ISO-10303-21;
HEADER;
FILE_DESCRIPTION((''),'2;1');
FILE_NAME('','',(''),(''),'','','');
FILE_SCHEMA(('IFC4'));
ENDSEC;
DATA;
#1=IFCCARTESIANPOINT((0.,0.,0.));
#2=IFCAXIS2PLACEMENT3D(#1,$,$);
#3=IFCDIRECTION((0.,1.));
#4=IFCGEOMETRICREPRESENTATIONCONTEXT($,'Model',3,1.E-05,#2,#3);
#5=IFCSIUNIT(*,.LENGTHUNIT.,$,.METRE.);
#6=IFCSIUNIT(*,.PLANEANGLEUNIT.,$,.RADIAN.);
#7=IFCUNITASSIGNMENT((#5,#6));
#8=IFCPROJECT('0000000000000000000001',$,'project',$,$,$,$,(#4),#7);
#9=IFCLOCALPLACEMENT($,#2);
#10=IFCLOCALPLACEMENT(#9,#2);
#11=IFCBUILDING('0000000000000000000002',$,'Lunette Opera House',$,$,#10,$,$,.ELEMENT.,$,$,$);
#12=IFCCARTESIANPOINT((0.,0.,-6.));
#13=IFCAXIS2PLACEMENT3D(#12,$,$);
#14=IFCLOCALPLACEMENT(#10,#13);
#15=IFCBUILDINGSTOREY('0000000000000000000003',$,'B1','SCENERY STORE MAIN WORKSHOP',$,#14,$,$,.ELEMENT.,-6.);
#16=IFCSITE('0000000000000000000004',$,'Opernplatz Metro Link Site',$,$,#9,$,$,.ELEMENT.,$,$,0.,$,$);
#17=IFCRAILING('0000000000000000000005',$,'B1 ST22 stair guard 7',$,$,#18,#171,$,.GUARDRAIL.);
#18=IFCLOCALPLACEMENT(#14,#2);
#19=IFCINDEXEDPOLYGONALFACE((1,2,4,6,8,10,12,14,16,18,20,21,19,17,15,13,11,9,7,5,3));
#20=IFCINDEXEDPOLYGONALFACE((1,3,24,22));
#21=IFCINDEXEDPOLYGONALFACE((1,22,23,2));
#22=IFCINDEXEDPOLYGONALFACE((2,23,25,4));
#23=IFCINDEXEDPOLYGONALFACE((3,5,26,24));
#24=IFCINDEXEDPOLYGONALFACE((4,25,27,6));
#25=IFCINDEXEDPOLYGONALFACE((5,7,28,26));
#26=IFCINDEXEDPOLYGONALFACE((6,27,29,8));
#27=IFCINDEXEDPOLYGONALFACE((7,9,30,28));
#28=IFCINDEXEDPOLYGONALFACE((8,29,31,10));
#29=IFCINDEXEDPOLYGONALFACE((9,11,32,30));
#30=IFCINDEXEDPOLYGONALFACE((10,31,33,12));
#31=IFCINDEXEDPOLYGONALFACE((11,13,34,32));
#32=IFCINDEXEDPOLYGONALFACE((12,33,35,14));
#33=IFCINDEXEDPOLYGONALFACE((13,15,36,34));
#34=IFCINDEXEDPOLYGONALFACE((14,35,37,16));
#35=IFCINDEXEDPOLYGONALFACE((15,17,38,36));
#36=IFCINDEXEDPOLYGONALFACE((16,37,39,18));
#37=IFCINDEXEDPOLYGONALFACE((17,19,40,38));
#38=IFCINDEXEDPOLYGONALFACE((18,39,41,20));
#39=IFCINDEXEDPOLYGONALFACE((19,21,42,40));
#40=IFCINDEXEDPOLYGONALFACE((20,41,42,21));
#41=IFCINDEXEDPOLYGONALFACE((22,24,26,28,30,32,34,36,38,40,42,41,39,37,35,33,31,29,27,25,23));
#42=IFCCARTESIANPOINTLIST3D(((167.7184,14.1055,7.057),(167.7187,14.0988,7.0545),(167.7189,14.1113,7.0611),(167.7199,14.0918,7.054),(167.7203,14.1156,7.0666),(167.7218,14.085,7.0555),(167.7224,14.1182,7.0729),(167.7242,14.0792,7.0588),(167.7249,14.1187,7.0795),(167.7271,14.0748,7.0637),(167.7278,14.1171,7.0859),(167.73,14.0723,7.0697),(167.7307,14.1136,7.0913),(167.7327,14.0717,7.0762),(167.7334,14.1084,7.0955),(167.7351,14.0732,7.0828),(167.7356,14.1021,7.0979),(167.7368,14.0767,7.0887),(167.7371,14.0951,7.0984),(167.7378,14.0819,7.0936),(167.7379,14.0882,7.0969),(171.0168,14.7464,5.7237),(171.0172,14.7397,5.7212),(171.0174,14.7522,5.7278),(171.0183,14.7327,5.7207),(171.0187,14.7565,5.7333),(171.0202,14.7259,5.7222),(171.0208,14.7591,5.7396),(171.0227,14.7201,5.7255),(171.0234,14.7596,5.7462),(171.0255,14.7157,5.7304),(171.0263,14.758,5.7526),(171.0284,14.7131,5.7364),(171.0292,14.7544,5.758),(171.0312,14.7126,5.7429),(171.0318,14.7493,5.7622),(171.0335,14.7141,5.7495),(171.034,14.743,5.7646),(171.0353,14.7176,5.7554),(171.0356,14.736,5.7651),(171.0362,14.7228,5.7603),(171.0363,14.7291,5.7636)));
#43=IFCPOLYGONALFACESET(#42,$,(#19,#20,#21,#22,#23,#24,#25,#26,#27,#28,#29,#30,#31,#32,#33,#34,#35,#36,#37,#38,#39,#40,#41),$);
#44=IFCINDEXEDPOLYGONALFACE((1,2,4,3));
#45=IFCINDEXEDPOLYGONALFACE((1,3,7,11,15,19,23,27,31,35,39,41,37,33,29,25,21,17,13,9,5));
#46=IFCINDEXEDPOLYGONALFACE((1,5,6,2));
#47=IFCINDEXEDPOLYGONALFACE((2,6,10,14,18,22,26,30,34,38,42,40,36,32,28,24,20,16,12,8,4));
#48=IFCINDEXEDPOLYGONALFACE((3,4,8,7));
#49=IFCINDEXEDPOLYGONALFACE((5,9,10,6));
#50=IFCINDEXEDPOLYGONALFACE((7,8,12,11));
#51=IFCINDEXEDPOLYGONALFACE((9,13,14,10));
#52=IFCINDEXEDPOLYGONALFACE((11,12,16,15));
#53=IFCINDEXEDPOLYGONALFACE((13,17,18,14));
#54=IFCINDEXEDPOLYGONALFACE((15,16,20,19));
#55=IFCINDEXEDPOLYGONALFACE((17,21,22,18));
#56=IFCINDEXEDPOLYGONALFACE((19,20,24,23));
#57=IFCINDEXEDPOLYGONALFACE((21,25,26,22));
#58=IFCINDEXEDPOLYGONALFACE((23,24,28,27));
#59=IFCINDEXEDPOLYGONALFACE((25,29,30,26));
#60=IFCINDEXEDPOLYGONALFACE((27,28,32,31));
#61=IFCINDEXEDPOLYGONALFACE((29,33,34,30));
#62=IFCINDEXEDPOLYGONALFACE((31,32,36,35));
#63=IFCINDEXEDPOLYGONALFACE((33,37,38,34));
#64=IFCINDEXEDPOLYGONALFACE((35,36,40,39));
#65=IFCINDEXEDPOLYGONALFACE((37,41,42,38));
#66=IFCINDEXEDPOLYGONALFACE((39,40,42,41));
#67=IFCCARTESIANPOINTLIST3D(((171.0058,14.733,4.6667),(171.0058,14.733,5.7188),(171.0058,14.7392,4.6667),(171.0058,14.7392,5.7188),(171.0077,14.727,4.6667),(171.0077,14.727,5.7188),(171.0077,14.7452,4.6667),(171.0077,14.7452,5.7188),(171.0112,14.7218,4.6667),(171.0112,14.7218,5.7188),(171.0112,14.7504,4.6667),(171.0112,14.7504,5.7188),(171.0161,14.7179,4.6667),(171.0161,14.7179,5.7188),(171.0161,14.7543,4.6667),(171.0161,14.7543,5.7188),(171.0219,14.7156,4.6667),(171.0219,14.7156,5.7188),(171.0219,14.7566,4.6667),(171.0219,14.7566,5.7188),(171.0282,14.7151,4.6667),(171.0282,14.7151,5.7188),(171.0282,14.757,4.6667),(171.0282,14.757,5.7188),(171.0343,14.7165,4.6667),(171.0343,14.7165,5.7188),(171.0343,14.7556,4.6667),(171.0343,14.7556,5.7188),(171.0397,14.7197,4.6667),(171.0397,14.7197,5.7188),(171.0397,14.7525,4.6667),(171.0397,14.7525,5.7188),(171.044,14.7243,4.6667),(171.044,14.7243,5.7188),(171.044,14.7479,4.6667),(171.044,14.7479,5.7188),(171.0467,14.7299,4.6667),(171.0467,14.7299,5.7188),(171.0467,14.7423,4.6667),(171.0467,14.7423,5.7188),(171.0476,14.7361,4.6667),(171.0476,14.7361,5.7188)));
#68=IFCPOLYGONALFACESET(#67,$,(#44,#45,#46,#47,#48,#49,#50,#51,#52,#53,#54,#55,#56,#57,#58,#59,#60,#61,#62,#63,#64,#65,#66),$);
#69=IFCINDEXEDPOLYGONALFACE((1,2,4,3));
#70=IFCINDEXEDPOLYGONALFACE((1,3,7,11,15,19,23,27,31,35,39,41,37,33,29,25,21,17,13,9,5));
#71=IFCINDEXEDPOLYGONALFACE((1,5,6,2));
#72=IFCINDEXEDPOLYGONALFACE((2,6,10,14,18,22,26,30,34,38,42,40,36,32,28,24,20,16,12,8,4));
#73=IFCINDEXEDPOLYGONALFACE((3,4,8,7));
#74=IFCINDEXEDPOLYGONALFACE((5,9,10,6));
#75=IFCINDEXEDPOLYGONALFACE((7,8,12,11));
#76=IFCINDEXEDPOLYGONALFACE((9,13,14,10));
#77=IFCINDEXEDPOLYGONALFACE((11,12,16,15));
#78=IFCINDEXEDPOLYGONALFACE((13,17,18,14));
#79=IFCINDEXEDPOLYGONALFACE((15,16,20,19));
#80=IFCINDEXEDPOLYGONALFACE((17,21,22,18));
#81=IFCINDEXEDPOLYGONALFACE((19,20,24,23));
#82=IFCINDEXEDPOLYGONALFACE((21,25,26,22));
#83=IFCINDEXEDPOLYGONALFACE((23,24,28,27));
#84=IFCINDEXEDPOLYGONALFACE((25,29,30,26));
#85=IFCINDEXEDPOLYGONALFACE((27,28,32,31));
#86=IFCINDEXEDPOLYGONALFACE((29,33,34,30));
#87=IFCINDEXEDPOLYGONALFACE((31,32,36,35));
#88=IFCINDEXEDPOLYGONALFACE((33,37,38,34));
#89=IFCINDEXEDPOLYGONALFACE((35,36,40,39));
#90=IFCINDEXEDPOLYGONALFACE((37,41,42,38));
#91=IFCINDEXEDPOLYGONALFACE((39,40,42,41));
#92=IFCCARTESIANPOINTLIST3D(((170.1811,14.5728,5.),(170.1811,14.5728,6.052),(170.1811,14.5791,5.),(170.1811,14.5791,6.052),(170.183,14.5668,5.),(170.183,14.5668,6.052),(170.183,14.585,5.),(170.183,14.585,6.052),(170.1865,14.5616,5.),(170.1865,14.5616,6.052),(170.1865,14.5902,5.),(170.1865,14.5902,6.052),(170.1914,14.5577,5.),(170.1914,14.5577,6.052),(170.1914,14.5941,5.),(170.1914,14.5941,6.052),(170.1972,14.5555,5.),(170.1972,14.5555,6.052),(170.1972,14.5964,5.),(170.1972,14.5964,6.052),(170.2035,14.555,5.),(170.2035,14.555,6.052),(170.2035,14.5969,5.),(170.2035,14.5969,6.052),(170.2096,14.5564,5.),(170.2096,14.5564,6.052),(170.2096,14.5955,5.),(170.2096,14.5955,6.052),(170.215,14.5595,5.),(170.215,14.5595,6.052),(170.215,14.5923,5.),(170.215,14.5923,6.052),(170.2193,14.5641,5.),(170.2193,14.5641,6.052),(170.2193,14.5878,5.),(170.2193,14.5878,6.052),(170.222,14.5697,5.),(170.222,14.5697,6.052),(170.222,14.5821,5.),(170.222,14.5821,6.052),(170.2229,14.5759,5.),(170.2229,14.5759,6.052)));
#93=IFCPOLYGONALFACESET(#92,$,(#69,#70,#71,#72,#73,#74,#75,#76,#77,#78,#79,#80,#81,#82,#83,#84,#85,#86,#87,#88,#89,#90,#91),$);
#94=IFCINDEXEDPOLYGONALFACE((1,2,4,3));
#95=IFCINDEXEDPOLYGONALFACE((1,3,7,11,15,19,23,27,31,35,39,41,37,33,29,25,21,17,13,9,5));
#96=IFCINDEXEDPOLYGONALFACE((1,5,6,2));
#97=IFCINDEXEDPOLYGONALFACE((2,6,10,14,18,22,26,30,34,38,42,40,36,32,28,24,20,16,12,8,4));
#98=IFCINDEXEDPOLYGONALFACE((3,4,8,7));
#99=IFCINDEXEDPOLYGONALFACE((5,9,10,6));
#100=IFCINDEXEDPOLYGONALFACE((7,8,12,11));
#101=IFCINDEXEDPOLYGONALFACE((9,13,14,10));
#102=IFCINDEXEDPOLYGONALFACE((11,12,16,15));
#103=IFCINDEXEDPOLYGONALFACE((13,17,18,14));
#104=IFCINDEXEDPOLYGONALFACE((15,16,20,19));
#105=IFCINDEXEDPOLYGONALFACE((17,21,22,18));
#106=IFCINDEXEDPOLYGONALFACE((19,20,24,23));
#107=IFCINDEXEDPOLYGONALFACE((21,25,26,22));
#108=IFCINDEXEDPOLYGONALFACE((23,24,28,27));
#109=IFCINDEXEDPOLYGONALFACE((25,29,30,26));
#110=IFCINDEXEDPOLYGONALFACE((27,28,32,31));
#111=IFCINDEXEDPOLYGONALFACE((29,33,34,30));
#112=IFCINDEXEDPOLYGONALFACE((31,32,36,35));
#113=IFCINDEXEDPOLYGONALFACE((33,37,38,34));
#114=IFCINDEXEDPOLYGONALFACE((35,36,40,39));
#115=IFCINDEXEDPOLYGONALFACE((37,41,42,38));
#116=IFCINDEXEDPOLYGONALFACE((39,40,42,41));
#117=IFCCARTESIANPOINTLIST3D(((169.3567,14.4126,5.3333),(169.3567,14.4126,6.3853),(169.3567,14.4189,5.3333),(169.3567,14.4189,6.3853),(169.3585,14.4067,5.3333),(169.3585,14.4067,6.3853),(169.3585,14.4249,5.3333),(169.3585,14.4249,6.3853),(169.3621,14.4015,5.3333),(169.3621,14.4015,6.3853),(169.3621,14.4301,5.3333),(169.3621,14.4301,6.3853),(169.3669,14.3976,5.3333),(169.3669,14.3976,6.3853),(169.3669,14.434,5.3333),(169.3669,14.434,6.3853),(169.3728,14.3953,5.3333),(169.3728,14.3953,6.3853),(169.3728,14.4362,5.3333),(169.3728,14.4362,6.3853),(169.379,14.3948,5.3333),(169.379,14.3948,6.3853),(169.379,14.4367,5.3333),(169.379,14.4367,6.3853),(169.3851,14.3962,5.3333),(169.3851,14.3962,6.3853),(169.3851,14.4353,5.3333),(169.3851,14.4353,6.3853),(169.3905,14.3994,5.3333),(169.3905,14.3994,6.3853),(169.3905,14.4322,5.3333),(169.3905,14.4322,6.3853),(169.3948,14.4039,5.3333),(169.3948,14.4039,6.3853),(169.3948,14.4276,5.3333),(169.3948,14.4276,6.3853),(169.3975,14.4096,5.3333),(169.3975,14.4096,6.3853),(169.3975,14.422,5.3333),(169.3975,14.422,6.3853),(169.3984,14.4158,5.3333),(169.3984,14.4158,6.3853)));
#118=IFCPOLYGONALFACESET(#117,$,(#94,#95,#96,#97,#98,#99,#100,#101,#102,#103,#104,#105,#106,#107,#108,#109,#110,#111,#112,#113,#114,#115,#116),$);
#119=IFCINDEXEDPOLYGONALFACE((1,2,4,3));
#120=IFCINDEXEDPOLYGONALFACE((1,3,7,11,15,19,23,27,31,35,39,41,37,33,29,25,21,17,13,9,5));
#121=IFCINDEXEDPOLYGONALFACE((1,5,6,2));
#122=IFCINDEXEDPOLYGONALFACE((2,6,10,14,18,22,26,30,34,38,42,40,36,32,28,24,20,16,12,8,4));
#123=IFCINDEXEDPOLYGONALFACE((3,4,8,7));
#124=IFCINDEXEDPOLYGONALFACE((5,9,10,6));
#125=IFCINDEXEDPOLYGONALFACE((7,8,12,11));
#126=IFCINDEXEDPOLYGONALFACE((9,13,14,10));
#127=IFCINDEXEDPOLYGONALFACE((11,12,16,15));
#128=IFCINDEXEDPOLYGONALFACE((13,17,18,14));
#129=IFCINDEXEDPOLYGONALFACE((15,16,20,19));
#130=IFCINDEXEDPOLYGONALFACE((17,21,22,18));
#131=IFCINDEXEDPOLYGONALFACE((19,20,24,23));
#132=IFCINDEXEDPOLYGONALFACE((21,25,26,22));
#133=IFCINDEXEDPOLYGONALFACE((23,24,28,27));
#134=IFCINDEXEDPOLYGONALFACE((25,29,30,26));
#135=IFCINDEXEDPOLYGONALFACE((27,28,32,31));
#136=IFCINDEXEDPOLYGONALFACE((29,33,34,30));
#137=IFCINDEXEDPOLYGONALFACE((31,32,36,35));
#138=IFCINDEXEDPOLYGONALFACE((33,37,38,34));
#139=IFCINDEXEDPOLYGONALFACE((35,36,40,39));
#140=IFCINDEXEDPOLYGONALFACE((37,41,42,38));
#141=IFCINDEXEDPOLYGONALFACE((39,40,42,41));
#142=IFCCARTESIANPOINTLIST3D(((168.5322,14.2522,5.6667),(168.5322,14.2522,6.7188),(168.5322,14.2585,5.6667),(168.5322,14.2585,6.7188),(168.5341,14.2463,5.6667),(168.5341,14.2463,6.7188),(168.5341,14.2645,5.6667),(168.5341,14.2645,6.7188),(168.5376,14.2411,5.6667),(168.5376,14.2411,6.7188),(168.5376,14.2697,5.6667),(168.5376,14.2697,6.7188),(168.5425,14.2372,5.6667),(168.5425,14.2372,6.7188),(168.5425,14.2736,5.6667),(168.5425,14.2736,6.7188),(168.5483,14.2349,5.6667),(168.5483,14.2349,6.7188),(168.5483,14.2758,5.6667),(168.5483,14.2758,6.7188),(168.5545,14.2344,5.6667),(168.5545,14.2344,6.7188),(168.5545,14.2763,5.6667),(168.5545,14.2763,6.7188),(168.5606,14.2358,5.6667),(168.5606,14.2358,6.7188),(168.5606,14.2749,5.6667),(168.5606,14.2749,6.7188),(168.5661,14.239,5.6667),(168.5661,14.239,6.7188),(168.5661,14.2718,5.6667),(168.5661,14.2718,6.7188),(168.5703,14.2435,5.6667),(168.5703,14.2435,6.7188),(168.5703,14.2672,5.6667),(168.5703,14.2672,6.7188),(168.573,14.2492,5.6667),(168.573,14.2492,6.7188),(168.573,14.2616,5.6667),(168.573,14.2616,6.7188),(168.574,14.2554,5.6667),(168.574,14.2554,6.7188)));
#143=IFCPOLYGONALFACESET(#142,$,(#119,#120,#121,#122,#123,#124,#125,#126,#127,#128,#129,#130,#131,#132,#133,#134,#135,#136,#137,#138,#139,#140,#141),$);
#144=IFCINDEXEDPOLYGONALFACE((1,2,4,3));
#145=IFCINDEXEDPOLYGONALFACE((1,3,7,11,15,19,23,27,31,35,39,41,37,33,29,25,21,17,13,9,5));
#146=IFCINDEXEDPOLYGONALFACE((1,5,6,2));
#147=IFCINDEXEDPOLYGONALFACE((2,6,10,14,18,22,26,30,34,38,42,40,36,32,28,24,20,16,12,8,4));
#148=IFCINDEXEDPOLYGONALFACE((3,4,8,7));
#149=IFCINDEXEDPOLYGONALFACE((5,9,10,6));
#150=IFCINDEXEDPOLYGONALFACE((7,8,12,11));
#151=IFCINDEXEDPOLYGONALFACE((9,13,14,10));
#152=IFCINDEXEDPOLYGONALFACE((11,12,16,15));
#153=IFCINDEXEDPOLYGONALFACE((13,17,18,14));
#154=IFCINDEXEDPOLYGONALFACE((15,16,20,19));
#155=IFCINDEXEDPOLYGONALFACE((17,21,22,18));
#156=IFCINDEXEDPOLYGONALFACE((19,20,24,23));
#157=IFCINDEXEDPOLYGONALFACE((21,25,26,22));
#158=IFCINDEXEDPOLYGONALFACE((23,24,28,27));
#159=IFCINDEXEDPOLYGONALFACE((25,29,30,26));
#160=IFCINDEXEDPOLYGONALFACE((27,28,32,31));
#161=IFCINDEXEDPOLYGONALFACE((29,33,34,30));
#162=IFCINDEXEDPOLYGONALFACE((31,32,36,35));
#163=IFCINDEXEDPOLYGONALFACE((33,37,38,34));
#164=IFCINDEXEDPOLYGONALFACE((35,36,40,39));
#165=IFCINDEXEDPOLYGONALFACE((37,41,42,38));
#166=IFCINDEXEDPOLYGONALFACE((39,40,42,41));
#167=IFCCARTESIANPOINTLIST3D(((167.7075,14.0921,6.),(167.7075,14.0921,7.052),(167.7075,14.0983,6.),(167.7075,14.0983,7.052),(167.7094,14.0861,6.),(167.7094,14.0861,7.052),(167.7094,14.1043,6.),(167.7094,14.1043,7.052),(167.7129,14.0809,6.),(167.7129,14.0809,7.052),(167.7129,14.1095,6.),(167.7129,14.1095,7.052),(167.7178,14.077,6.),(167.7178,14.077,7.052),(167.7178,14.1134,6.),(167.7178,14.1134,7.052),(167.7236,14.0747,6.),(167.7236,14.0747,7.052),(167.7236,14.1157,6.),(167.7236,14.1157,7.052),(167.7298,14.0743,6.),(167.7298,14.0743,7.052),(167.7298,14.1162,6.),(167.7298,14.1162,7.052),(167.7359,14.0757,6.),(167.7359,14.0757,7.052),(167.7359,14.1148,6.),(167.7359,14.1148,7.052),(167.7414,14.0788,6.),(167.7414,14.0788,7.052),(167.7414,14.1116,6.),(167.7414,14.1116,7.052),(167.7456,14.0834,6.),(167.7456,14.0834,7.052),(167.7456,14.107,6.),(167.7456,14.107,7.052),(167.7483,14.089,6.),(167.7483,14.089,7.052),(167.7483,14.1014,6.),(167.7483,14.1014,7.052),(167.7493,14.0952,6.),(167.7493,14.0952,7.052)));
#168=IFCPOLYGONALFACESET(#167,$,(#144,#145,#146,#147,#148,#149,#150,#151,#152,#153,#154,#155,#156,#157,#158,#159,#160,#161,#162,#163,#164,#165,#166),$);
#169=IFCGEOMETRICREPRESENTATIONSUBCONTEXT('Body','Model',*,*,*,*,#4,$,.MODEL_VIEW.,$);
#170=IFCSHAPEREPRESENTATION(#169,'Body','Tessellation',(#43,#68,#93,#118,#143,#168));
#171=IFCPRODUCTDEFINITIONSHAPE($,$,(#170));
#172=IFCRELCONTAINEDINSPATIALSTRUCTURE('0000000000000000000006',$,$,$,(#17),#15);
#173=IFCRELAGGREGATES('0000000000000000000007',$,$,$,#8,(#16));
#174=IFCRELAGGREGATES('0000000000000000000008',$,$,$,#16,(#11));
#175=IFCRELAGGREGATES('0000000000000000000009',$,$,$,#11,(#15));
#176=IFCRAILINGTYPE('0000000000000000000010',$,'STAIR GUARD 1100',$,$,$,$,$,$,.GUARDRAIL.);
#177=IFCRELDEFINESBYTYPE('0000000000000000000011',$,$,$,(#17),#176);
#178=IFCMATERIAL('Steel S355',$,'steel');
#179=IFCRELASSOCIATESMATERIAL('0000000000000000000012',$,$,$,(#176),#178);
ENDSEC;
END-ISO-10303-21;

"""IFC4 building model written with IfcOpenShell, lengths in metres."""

from ifc_helpers import new_model, si_unit, direction, frame, origin, origin_2d, place, context, subcontext, project, spatial, circle, extrude, material, type_object, element, save


model = new_model("IFC4")

# Units and contexts
model_context = context("Model", 3, precision=1e-05, world=origin(), true_north=direction((0.0, 1.0)))
body_context = subcontext(model_context, "Body", "Model", "MODEL_VIEW")
ifc_project = project(units=[si_unit("LENGTHUNIT", "METRE"), si_unit("PLANEANGLEUNIT", "RADIAN")], contexts=[model_context])

# Site, building, storey
site_placement = place(None, origin())
site = spatial("IfcSite", under=ifc_project, at=site_placement, Name="Opernplatz Metro Link Site", CompositionType="ELEMENT", RefElevation=0.0)
building_placement = place(site_placement, origin())
building = spatial("IfcBuilding", under=site, at=building_placement, Name="Lunette Opera House", CompositionType="ELEMENT")
storey_placement = place(building_placement, frame((0.0, 0.0, -6.0)))
storey = spatial("IfcBuildingStorey", under=building, at=storey_placement, Name="B1", Description="SCENERY STORE MAIN WORKSHOP", CompositionType="ELEMENT", Elevation=-6.0)

# Railing
ifc_material_1 = material(Name="Steel S355", Category="steel")
railing_type_1 = type_object("IfcRailingType", Name="STAIR GUARD 1100", PredefinedType="GUARDRAIL", material=ifc_material_1)
railing_1_placement = place(storey_placement, frame((171.0266, 14.7361, 4.6667)))
element("IfcRailing", 1, at=railing_1_placement, inside=storey, type_object=railing_type_1, Name="B1 ST22 stair guard 7", PredefinedType="GUARDRAIL", context=body_context, shape_type="SweptSolid", body=[
    extrude(circle(Radius=0.0239, at=origin_2d()), frame((0.0, 0.0, 1.0762), z_axis=(-0.912435, -0.177287, 0.368824), x_axis=(0.190734, -0.981642, 0.0)), (0.0, 0.0, 1.0), 3.615),
    extrude(circle(Radius=0.021, at=origin_2d()), origin(), (0.0, 0.0, 1.0), 1.052),
    extrude(circle(Radius=0.021, at=origin_2d()), frame((-0.8247, -0.1602, 0.3333)), (0.0, 0.0, 1.0), 1.052),
    extrude(circle(Radius=0.021, at=origin_2d()), frame((-1.6492, -0.3203, 0.6665)), (0.0, 0.0, 1.0), 1.052),
    extrude(circle(Radius=0.021, at=origin_2d()), frame((-2.4736, -0.4807, 1.0)), (0.0, 0.0, 1.0), 1.052),
    extrude(circle(Radius=0.021, at=origin_2d()), frame((-3.2983, -0.6409, 1.3333)), (0.0, 0.0, 1.0), 1.052),
])

save(model, "model.ifc")
